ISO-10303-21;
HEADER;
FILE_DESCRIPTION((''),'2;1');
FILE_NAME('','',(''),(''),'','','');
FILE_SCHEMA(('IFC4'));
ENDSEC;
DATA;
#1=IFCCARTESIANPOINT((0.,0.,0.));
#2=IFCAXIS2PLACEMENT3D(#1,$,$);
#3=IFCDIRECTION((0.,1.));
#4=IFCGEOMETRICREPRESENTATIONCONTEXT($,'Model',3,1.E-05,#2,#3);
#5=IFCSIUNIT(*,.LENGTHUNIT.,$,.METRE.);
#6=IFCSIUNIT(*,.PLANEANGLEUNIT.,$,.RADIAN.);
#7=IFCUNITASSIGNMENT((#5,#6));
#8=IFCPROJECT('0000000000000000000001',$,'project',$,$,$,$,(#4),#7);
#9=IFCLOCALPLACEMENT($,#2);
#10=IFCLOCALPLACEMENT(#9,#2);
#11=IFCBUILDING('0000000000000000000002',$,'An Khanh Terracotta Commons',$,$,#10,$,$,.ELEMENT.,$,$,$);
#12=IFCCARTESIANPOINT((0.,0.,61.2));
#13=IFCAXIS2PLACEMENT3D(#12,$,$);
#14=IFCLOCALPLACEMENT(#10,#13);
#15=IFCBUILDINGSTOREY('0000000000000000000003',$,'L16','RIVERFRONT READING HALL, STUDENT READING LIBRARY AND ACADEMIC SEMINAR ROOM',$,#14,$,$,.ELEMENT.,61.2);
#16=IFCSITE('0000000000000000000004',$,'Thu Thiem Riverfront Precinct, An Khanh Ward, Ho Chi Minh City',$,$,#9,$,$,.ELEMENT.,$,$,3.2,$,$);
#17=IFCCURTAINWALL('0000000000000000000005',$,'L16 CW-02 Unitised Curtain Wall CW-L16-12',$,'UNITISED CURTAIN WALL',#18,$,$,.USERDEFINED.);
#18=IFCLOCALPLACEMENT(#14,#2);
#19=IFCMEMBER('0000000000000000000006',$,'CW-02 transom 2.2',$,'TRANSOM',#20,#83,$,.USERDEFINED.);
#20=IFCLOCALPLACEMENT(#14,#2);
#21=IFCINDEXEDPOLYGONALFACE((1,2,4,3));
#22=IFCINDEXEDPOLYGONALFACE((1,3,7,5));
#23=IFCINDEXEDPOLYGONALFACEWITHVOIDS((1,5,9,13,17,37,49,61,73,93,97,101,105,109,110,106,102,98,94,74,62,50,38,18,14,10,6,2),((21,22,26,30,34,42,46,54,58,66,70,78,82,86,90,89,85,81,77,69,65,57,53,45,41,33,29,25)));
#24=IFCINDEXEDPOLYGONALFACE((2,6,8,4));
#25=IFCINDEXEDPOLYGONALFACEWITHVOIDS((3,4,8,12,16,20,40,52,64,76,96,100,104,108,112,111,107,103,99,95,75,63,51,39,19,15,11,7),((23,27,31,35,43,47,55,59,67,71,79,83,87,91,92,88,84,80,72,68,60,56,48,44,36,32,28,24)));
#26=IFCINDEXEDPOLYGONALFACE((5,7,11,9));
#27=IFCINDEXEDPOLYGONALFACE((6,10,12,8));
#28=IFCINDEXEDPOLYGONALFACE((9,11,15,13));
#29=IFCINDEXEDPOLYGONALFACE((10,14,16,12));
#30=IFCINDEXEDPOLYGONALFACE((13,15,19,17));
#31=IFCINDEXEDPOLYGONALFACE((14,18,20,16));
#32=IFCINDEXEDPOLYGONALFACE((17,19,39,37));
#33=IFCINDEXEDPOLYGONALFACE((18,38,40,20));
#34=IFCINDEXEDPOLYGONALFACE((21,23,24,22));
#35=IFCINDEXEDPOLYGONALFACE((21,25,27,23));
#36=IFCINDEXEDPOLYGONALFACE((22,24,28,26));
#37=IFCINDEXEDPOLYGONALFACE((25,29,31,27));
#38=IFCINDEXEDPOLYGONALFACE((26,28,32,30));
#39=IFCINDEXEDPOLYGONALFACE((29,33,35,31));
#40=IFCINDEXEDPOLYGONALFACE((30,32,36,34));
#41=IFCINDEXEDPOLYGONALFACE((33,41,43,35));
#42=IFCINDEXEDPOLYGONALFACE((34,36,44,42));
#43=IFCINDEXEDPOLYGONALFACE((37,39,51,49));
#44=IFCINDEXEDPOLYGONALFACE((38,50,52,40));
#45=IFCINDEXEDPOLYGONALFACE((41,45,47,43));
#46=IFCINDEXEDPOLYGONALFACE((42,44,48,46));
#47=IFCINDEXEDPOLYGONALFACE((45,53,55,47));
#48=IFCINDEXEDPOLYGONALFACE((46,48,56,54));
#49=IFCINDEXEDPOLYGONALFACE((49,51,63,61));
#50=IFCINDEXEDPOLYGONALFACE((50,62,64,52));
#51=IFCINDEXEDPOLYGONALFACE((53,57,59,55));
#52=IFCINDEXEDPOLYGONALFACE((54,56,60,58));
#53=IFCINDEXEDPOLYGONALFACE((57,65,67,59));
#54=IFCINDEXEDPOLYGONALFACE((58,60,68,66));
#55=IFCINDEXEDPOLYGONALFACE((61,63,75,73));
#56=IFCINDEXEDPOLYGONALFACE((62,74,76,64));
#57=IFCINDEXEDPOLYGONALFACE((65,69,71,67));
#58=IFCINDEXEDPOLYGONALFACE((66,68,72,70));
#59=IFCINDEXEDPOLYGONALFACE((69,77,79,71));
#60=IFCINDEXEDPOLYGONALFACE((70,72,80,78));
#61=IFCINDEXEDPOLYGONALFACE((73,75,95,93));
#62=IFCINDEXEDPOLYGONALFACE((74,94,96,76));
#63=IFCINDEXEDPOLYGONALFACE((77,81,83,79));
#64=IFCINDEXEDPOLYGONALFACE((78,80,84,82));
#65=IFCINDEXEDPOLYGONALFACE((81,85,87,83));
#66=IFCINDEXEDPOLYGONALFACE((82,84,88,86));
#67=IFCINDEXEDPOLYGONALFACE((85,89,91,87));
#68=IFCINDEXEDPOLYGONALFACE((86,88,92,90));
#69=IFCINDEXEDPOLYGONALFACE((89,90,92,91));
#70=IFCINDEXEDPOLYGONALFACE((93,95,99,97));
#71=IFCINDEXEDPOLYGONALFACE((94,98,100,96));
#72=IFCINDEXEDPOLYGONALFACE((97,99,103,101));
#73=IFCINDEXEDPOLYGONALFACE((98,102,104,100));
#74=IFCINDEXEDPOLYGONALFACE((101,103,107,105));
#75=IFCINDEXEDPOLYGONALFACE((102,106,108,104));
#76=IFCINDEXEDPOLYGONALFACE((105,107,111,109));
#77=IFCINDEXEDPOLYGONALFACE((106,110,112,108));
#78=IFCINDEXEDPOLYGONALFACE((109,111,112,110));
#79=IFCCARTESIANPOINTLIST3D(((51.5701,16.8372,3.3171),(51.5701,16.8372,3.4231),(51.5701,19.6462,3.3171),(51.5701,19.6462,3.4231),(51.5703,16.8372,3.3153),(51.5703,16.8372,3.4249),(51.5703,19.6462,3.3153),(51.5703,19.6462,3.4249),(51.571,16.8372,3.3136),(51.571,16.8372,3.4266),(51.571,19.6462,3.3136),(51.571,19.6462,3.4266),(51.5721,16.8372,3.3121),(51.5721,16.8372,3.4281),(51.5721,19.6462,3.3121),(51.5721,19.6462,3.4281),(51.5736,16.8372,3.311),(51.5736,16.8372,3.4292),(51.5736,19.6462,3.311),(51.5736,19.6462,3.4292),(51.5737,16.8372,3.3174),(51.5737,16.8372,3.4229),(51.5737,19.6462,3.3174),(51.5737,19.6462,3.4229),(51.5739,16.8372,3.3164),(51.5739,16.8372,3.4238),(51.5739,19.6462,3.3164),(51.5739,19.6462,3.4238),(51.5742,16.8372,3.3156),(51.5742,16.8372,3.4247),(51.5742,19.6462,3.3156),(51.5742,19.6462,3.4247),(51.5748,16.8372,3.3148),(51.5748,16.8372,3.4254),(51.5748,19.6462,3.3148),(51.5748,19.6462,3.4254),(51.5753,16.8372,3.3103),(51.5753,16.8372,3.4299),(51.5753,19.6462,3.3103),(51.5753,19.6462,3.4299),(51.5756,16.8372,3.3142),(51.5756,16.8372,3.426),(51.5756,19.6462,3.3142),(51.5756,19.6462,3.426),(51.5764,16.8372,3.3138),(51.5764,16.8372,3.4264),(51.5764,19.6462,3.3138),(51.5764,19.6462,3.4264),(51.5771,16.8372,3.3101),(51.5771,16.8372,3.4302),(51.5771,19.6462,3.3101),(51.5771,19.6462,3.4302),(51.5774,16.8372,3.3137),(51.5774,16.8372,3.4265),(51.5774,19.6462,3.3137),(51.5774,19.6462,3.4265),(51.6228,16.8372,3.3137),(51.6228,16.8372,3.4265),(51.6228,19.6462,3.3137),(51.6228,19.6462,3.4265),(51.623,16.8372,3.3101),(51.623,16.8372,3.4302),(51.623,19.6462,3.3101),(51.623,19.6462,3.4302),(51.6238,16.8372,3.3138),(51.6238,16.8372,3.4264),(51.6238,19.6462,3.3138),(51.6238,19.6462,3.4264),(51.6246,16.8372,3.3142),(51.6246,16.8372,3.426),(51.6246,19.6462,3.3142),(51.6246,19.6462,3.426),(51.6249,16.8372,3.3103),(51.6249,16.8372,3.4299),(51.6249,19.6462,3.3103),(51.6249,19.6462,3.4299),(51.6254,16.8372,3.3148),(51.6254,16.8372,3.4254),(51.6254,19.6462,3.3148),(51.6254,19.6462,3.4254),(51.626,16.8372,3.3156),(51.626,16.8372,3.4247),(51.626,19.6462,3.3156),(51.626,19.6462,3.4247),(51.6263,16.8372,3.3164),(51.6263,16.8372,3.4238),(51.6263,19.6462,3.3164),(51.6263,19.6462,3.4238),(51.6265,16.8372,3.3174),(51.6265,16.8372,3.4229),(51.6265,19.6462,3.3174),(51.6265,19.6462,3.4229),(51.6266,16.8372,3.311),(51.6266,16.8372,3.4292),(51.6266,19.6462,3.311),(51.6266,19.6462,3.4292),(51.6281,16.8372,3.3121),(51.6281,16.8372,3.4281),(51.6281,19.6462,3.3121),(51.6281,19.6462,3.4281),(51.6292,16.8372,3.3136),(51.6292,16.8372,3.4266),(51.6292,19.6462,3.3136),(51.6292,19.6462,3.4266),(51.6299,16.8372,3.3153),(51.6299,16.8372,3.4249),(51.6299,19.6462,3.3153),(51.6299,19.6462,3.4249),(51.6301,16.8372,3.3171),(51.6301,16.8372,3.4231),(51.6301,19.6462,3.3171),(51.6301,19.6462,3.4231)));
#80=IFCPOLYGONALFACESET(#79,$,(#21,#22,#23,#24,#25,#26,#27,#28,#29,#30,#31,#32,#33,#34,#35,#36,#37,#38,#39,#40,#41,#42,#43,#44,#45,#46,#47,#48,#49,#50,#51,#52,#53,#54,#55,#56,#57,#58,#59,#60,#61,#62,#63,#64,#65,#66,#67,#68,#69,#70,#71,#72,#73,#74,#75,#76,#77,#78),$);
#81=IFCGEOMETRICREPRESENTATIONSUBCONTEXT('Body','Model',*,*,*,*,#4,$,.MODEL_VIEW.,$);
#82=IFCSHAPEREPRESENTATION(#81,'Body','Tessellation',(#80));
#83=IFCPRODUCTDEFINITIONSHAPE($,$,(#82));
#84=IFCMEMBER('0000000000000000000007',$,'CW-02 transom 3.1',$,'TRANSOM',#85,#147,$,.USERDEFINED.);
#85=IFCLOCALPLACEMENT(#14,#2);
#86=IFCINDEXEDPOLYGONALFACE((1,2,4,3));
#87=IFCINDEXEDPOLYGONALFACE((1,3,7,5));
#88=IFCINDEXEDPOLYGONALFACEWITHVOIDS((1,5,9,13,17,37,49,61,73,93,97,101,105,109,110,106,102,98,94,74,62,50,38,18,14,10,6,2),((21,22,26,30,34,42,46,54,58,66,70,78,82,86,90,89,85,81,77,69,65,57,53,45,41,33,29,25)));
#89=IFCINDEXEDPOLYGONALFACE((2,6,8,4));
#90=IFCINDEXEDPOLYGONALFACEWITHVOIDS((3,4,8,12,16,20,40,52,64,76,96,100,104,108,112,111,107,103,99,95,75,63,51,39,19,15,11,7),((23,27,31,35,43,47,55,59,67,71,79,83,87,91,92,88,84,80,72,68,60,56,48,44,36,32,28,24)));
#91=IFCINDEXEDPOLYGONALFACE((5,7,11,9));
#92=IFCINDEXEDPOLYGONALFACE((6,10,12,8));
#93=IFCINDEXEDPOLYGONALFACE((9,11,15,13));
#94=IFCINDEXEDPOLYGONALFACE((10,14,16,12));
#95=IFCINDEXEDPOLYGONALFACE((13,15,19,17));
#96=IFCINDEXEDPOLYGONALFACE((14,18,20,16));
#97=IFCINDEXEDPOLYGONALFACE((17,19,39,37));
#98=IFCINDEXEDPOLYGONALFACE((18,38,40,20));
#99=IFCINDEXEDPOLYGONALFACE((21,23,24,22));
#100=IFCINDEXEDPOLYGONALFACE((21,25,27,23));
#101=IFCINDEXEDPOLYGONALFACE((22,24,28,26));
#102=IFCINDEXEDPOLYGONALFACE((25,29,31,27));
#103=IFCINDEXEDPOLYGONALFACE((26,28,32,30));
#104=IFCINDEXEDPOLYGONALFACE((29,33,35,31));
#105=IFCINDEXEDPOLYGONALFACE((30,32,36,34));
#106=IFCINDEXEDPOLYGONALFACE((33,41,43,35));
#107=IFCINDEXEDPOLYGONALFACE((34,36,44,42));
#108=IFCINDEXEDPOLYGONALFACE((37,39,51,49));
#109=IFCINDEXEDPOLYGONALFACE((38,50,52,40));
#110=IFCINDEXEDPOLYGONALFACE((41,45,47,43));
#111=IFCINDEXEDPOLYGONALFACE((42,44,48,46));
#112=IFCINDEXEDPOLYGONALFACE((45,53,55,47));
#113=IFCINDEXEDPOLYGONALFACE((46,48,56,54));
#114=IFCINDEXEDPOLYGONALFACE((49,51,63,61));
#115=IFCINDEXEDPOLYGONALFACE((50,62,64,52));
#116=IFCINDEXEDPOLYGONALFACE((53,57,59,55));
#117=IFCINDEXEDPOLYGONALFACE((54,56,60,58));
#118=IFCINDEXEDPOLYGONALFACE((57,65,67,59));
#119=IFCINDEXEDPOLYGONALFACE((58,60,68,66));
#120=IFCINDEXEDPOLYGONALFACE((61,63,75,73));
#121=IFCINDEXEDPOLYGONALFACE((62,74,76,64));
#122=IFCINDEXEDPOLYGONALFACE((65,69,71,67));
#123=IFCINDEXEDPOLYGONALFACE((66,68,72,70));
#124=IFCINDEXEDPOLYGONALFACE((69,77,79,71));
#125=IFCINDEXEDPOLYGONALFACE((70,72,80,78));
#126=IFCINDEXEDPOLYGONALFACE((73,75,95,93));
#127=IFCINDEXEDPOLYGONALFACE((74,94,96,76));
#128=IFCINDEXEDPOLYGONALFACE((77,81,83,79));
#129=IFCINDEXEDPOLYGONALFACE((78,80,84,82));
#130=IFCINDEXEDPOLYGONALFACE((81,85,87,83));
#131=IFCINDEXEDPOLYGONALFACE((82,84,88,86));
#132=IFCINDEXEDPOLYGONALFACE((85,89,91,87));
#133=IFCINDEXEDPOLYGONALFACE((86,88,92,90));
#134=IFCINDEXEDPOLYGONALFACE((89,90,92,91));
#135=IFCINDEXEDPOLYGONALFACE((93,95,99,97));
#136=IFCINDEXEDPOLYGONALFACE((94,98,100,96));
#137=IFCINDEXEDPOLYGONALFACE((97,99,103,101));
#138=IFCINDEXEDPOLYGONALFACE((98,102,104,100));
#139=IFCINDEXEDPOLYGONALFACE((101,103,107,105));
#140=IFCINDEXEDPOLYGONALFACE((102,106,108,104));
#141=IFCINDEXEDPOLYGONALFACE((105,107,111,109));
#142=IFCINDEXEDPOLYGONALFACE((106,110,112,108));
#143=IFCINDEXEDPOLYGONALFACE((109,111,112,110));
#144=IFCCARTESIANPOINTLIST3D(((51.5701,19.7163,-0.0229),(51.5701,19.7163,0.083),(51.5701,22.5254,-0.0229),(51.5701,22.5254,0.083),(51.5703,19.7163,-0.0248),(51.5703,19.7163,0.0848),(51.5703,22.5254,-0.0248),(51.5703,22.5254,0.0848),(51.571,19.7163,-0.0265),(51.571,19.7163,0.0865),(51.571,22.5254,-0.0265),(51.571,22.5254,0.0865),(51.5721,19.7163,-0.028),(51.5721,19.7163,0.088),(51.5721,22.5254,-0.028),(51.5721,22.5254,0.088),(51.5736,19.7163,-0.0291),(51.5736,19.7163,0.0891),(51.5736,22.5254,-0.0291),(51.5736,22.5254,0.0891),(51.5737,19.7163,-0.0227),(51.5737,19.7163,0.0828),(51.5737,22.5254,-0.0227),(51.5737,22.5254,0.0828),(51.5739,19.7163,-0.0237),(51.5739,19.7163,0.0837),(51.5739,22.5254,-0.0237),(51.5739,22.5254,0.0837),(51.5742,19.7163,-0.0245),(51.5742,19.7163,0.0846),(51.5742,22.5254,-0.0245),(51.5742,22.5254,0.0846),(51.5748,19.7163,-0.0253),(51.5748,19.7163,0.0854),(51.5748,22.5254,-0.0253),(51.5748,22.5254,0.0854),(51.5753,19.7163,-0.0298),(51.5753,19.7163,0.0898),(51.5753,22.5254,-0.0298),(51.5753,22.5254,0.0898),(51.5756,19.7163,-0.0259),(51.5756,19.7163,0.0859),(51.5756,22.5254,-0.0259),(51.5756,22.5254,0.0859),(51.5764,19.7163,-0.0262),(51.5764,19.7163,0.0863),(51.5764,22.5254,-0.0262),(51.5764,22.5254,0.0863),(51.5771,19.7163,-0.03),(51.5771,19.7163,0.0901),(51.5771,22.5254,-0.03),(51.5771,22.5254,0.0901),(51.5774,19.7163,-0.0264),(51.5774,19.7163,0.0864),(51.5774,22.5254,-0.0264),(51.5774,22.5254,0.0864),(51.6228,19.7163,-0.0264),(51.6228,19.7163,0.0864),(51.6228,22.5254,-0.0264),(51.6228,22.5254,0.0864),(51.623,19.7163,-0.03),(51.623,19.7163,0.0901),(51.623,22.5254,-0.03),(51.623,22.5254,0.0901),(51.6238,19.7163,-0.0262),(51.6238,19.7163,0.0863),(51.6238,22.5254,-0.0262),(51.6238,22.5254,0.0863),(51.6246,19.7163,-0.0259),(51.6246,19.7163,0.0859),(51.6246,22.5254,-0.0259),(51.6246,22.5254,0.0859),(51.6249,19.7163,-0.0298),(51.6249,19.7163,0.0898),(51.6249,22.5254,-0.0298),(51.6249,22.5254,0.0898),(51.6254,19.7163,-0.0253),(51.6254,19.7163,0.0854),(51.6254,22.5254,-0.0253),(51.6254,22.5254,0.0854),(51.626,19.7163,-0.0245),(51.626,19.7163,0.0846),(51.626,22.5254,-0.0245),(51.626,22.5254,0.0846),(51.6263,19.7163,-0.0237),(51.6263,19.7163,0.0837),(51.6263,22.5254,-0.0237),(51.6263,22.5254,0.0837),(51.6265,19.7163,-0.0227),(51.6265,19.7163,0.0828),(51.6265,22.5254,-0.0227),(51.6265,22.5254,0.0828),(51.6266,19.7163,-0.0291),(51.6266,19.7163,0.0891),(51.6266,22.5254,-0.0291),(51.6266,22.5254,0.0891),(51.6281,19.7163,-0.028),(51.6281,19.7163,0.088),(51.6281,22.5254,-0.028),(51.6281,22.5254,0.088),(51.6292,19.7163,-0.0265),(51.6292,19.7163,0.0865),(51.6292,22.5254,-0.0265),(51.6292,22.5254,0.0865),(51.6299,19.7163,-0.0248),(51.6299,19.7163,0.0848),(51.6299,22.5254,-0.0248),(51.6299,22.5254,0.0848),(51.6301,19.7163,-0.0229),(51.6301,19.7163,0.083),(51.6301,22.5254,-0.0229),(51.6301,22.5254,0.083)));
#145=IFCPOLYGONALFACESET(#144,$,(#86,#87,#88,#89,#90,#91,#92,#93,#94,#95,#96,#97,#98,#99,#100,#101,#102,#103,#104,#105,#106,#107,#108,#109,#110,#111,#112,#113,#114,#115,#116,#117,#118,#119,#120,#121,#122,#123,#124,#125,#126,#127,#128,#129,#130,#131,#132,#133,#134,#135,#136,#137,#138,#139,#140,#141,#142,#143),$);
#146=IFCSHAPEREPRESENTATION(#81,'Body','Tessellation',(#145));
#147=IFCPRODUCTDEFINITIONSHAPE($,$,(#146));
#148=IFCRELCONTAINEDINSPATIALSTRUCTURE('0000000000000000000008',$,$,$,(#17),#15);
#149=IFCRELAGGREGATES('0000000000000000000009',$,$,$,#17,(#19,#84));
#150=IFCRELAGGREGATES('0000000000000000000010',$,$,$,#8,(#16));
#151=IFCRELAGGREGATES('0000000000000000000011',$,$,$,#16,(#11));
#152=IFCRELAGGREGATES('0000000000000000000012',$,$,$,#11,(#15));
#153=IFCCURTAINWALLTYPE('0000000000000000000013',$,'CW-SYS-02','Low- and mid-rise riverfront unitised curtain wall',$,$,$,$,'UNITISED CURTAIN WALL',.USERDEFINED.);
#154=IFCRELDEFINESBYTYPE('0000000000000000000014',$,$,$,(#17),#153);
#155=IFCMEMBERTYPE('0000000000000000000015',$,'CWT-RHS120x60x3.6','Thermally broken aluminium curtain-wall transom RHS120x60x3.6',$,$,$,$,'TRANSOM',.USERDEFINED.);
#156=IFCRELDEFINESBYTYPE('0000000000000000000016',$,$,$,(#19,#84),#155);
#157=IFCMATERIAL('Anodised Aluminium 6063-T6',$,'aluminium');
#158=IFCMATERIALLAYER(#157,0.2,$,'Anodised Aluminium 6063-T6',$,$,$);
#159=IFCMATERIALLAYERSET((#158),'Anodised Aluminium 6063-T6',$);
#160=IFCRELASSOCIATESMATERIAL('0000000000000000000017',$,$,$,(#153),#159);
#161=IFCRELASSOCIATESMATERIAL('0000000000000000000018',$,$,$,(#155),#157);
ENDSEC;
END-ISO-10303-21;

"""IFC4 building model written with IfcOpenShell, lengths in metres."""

from ifc_helpers import new_model, si_unit, direction, frame, origin, origin_2d, place, context, subcontext, project, spatial, hollow_rectangle, extrude, material, layer, layer_set, material_profile, profile_set, type_object, element, aggregate, save


model = new_model("IFC4")

# Units and contexts
model_context = context("Model", 3, precision=1e-05, world=origin(), true_north=direction((0.0, 1.0)))
body_context = subcontext(model_context, "Body", "Model", "MODEL_VIEW")
ifc_project = project(units=[si_unit("LENGTHUNIT", "METRE"), si_unit("PLANEANGLEUNIT", "RADIAN")], contexts=[model_context])

# Site, building, storey
site_placement = place(None, origin())
site = spatial("IfcSite", under=ifc_project, at=site_placement, Name="Thu Thiem Riverfront Precinct, An Khanh Ward, Ho Chi Minh City", CompositionType="ELEMENT", RefElevation=3.2)
building_placement = place(site_placement, origin())
building = spatial("IfcBuilding", under=site, at=building_placement, Name="An Khanh Terracotta Commons", CompositionType="ELEMENT")
storey_placement = place(building_placement, frame((0.0, 0.0, 61.2)))
storey = spatial("IfcBuildingStorey", under=building, at=storey_placement, Name="L16", Description="RIVERFRONT READING HALL, STUDENT READING LIBRARY AND ACADEMIC SEMINAR ROOM", CompositionType="ELEMENT", Elevation=61.2)

# Curtain wall, members
ifc_material_1 = material(Name="Anodised Aluminium 6063-T6", Category="aluminium")
ifc_layer_1 = layer(ifc_material_1, 0.2, Name="Anodised Aluminium 6063-T6")
ifc_layer_set_1 = layer_set([ifc_layer_1], Name="Anodised Aluminium 6063-T6")
curtain_wall_type = type_object("IfcCurtainWallType", Name="CW-SYS-02", Description="Low- and mid-rise riverfront unitised curtain wall", ElementType="UNITISED CURTAIN WALL", PredefinedType="USERDEFINED", material=ifc_layer_set_1)
curtain_wall_placement = place(storey_placement, origin())
curtain_wall = element("IfcCurtainWall", 1, at=curtain_wall_placement, inside=storey, type_object=curtain_wall_type, Name="L16 CW-02 Unitised Curtain Wall CW-L16-12", ObjectType="UNITISED CURTAIN WALL", PredefinedType="USERDEFINED")
ifc_material_profile_1 = material_profile(ifc_material_1, hollow_rectangle(XDim=0.0601, YDim=0.1201, WallThickness=0.0037, InnerFilletRadius=0.0037, OuterFilletRadius=0.0071, at=origin_2d()), Name="RHS120x60x3.6")
ifc_profile_set_1 = profile_set([ifc_material_profile_1], Name="Anodised Aluminium 6063-T6")
member_type_1 = type_object("IfcMemberType", Name="CWT-RHS120x60x3.6", Description="Thermally broken aluminium curtain-wall transom RHS120x60x3.6", ElementType="TRANSOM", PredefinedType="USERDEFINED", material=ifc_profile_set_1)
member_1_placement = place(storey_placement, frame((51.6001, 16.8372, 3.3701), z_axis=(0.0, 1.0, 0.0), x_axis=(-1.0, 0.0, 0.0)))
member_1 = element("IfcMember", 2, at=member_1_placement, type_object=member_type_1, Name="CW-02 transom 2.2", ObjectType="TRANSOM", PredefinedType="USERDEFINED", context=body_context, shape_type="SweptSolid", body=[
    extrude(hollow_rectangle(XDim=0.0601, YDim=0.1201, WallThickness=0.0037, InnerFilletRadius=0.0037, OuterFilletRadius=0.0071, at=origin_2d()), origin(), (0.0, 0.0, 1.0), 2.8091),
])
member_2_placement = place(storey_placement, frame((51.6001, 19.7163, 0.03), z_axis=(0.0, 1.0, 0.0), x_axis=(-1.0, 0.0, 0.0)))
member_2 = element("IfcMember", 3, at=member_2_placement, type_object=member_type_1, Name="CW-02 transom 3.1", ObjectType="TRANSOM", PredefinedType="USERDEFINED", context=body_context, shape_type="SweptSolid", body=[
    extrude(hollow_rectangle(XDim=0.0601, YDim=0.1201, WallThickness=0.0037, InnerFilletRadius=0.0037, OuterFilletRadius=0.0071, at=origin_2d()), origin(), (0.0, 0.0, 1.0), 2.8091),
])
aggregate(curtain_wall, [member_1, member_2])

save(model, "model.ifc")
